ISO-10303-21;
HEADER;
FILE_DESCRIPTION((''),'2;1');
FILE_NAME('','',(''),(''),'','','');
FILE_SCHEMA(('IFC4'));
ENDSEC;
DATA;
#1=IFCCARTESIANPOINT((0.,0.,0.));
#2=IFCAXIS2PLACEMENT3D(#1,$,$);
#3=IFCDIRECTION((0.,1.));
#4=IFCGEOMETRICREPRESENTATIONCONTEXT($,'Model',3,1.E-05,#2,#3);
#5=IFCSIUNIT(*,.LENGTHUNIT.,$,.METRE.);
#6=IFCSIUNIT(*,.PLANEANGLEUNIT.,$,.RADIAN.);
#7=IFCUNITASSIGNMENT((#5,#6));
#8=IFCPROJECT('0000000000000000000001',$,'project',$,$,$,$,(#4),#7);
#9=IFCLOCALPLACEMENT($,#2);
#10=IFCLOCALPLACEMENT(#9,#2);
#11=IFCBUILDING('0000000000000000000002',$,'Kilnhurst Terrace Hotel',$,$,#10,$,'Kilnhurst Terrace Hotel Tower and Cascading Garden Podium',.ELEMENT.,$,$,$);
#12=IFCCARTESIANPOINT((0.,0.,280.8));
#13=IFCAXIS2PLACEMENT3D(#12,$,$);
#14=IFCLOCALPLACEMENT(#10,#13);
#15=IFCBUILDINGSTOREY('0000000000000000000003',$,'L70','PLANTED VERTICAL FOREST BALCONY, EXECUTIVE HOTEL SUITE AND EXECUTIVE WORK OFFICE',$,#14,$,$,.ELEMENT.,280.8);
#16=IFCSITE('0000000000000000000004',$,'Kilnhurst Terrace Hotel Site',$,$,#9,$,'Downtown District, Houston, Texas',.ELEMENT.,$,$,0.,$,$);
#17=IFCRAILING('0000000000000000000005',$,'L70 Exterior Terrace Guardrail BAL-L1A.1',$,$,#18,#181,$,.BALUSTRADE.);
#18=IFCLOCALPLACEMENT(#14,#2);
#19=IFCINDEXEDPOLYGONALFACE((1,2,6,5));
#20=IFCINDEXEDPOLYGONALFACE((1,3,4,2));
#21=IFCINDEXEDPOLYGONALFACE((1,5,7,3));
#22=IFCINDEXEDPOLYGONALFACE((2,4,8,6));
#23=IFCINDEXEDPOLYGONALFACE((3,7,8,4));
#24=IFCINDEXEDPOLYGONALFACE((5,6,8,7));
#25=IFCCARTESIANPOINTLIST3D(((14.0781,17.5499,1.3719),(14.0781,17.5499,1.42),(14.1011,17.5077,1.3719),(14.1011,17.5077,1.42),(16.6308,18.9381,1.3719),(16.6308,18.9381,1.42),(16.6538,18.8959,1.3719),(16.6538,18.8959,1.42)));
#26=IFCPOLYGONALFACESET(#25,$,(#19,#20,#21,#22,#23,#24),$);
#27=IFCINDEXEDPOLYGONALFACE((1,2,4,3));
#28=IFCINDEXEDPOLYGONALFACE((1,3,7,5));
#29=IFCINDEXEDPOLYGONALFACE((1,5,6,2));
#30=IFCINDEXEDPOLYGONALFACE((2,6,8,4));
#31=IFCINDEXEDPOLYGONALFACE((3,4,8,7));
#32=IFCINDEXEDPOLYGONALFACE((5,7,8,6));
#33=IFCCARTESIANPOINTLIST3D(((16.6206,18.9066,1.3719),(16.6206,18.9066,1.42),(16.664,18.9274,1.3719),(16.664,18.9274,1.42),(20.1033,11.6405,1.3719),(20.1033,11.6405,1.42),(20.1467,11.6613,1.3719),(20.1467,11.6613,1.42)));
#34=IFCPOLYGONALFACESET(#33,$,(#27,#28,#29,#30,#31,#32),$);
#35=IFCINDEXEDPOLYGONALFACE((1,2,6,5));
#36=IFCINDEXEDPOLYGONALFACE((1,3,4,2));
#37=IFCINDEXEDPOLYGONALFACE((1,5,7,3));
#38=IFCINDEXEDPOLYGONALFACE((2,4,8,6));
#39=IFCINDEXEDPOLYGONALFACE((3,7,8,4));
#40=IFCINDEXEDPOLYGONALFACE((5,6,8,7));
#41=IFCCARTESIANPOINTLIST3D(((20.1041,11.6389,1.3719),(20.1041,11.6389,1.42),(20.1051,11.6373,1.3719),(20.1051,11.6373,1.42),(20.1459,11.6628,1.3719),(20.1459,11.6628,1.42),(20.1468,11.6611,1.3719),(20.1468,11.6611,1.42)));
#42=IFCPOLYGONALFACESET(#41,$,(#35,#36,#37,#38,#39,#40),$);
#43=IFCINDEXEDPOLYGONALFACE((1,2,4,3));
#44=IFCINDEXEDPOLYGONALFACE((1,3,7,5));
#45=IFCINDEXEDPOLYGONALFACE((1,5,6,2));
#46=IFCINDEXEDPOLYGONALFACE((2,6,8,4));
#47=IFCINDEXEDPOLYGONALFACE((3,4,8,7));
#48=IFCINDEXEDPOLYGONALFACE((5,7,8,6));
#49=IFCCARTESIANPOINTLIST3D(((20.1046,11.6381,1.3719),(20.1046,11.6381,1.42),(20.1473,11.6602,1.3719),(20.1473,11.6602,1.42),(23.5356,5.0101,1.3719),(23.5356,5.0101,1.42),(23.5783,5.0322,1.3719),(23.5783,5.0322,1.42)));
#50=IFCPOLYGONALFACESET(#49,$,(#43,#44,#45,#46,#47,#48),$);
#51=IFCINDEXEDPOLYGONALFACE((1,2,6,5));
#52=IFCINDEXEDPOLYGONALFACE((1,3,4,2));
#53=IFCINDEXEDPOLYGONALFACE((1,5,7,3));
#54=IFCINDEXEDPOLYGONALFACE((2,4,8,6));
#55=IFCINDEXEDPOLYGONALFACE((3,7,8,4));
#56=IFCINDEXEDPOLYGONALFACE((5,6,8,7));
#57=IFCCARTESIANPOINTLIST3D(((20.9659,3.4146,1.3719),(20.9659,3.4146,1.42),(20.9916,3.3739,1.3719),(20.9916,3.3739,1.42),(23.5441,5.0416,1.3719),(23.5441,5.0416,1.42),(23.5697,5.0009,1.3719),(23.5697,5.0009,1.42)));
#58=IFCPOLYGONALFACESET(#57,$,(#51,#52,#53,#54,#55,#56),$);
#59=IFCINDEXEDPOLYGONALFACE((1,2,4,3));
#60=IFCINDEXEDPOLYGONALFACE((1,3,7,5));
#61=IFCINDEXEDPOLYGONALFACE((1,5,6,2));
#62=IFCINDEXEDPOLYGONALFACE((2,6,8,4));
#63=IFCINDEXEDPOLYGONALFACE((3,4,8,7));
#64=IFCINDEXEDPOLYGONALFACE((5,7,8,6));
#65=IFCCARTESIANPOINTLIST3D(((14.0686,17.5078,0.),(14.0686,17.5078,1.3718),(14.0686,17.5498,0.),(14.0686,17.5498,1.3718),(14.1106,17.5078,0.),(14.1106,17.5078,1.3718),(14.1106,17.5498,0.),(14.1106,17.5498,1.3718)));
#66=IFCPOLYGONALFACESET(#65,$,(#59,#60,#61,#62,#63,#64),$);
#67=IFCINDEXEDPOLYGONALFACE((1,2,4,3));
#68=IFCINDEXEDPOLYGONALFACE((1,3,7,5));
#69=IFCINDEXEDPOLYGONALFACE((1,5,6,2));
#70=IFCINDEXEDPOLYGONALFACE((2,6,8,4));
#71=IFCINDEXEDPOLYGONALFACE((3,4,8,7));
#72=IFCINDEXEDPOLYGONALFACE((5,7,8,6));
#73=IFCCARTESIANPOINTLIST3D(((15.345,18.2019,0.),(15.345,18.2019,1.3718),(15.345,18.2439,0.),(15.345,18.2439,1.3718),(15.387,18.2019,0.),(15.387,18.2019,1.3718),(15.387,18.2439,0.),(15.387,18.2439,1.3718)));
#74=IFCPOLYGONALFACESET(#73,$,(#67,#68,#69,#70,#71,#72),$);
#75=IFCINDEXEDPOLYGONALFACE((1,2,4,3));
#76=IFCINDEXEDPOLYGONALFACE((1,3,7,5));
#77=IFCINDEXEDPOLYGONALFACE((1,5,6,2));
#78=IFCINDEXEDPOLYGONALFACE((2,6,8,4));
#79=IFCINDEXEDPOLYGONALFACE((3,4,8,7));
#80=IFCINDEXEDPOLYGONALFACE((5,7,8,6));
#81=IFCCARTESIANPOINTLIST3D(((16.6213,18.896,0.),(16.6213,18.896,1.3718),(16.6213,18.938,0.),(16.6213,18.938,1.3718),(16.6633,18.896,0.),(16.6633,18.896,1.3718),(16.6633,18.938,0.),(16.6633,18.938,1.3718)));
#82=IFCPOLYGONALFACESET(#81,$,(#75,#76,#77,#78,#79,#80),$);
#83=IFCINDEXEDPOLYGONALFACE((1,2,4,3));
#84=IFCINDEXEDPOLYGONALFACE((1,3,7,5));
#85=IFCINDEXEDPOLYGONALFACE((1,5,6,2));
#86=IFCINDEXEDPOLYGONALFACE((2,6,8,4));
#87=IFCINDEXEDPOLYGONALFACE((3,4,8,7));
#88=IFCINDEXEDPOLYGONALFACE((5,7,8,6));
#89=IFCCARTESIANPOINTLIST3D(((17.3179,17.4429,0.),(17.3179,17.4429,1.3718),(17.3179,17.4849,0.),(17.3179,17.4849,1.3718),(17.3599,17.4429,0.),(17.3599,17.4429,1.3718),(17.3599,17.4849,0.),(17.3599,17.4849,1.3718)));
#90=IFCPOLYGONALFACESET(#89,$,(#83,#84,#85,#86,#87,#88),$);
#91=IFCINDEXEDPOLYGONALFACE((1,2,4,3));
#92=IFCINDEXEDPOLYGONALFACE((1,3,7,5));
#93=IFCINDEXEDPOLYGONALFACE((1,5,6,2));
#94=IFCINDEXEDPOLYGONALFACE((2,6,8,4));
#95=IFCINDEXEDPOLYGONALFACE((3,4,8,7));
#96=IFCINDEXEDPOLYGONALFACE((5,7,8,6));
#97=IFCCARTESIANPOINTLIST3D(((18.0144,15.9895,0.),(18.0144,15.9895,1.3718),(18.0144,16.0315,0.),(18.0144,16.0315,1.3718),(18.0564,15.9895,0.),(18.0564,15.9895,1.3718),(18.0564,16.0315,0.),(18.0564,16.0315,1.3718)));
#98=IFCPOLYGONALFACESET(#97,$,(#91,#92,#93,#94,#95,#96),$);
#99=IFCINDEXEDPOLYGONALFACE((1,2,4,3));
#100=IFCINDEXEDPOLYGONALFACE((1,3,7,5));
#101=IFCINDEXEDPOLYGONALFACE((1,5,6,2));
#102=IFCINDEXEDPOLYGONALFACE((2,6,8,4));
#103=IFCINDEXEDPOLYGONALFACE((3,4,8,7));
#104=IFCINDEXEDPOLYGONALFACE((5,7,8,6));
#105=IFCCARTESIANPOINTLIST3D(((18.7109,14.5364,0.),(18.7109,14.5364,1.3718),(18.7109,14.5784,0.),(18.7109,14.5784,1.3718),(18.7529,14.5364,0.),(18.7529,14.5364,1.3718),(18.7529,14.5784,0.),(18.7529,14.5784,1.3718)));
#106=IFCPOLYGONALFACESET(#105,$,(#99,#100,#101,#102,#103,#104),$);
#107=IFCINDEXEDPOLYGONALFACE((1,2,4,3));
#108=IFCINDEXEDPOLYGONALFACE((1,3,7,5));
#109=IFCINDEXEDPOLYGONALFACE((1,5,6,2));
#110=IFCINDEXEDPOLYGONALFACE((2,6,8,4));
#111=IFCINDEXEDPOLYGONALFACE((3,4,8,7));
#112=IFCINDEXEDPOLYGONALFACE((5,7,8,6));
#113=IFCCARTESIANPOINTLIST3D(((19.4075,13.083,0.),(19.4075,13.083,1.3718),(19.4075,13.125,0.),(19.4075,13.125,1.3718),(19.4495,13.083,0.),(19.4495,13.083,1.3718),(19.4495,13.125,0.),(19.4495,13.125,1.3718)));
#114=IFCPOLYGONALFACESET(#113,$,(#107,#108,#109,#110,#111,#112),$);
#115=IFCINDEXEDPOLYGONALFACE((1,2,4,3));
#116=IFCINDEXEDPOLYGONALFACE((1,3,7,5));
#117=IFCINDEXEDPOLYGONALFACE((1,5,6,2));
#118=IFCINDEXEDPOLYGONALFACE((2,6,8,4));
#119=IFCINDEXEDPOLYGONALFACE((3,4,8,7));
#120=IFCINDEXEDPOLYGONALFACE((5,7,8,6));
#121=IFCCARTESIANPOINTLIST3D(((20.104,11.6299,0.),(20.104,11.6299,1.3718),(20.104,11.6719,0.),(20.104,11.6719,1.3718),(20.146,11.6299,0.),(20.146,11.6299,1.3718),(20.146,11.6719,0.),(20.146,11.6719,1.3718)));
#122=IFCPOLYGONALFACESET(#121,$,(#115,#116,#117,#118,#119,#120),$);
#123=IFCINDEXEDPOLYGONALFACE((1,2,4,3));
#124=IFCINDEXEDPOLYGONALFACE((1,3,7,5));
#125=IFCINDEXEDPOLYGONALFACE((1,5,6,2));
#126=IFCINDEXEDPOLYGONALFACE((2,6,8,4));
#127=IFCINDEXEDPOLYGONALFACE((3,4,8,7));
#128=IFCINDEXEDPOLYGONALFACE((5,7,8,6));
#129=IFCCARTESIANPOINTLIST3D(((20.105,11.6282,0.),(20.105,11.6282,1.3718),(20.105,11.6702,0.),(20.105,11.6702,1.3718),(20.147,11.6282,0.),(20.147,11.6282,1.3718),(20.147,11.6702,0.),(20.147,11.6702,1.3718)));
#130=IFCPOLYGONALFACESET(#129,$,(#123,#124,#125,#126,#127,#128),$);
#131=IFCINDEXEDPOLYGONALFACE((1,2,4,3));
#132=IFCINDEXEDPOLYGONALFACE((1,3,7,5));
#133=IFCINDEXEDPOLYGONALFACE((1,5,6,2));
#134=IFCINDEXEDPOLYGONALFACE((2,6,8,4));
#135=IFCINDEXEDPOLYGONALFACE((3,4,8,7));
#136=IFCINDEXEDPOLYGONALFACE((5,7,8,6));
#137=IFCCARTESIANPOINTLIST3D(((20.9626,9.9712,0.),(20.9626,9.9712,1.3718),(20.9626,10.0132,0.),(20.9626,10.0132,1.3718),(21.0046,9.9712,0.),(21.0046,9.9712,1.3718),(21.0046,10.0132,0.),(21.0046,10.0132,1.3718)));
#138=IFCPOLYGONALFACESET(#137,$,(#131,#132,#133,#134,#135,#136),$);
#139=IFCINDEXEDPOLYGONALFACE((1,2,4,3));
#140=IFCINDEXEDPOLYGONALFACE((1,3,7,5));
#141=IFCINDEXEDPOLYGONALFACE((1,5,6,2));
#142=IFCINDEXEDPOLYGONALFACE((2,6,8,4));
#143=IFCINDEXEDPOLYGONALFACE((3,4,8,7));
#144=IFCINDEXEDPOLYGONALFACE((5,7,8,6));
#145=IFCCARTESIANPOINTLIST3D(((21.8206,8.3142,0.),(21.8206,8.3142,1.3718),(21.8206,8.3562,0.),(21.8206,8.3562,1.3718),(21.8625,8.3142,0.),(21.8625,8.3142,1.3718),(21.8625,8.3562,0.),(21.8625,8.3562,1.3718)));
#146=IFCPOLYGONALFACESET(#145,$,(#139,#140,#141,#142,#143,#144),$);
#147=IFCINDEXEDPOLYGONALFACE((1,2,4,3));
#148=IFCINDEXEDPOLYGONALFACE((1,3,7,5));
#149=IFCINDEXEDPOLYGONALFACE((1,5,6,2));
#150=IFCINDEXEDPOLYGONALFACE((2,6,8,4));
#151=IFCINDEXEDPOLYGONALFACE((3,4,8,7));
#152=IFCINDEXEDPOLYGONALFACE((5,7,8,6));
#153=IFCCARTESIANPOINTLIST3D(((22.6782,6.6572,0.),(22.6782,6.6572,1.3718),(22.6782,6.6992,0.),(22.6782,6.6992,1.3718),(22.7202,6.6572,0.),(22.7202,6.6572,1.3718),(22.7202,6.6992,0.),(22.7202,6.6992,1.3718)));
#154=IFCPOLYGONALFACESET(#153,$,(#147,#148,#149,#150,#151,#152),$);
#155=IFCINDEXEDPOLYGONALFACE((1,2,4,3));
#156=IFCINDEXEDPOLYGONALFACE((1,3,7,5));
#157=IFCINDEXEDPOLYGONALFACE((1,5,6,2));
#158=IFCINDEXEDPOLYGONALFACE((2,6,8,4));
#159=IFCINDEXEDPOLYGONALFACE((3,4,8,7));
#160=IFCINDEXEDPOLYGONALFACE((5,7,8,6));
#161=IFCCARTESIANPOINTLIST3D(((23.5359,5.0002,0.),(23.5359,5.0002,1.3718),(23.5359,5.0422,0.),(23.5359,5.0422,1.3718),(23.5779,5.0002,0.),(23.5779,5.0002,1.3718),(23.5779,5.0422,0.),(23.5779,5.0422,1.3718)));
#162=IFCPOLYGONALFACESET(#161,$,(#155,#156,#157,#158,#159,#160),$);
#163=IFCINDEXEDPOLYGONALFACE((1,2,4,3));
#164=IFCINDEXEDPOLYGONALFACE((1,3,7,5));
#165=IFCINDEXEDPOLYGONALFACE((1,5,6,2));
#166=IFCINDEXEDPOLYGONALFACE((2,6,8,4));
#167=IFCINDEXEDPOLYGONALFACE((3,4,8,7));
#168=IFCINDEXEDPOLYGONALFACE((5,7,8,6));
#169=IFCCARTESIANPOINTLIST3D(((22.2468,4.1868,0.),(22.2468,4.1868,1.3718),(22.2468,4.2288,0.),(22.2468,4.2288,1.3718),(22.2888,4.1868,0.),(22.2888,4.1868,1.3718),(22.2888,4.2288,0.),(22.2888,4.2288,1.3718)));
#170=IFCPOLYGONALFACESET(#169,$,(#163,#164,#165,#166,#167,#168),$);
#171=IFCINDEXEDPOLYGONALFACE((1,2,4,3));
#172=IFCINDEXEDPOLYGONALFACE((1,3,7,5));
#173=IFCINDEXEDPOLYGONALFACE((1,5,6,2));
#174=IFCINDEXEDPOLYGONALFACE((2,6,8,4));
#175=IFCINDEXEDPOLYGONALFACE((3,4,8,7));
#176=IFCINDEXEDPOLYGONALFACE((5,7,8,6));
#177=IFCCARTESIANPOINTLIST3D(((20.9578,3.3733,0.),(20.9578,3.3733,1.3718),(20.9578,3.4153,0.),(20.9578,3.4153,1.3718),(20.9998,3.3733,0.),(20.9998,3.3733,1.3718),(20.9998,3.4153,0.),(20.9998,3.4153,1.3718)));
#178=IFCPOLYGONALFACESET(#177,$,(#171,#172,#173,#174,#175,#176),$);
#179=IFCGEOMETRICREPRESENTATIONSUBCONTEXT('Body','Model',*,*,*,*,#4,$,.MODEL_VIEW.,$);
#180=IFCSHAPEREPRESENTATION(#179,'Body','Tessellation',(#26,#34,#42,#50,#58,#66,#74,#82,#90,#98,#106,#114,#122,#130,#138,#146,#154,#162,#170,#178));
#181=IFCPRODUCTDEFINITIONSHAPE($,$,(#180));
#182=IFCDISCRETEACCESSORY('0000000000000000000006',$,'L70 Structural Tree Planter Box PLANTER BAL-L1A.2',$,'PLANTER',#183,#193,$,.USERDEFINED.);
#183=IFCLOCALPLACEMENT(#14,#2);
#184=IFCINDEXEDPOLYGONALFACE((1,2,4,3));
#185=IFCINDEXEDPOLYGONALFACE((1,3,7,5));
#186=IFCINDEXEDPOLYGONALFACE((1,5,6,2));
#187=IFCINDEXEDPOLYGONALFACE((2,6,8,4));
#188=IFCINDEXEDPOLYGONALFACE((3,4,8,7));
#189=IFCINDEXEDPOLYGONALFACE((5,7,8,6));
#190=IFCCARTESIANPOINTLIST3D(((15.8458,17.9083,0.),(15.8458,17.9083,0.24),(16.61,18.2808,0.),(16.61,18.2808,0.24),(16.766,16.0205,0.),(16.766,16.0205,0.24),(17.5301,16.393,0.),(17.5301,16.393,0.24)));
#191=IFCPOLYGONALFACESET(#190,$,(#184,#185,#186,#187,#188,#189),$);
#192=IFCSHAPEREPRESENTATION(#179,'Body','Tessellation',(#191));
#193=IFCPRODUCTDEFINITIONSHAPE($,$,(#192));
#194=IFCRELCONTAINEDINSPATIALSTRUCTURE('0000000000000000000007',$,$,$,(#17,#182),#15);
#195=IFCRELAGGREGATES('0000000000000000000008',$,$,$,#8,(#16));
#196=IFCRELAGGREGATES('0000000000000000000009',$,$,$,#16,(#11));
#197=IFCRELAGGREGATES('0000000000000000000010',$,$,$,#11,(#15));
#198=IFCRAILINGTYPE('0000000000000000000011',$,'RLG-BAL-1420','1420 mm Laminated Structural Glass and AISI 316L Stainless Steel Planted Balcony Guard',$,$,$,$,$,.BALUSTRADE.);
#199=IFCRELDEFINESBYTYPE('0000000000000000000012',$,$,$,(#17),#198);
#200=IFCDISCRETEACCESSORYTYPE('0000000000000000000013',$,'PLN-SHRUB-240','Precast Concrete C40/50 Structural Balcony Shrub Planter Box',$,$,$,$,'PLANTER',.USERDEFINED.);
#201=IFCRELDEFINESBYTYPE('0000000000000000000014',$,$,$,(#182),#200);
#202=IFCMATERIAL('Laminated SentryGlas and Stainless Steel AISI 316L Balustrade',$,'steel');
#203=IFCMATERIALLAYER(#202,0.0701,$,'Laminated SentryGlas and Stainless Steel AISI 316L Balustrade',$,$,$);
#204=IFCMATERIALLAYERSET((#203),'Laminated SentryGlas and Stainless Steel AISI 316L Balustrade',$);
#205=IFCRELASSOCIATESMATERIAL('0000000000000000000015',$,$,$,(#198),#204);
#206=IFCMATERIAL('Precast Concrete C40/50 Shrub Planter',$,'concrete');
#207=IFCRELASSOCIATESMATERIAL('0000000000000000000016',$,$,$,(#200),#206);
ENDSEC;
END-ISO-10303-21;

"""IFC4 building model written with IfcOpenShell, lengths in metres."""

from ifc_helpers import new_model, si_unit, direction, frame, origin, origin_2d, place, context, subcontext, project, spatial, rectangle, extrude, material, layer, layer_set, type_object, element, save


model = new_model("IFC4")

# Units and contexts
model_context = context("Model", 3, precision=1e-05, world=origin(), true_north=direction((0.0, 1.0)))
body_context = subcontext(model_context, "Body", "Model", "MODEL_VIEW")
ifc_project = project(units=[si_unit("LENGTHUNIT", "METRE"), si_unit("PLANEANGLEUNIT", "RADIAN")], contexts=[model_context])

# Site, building, storey
site_placement = place(None, origin())
site = spatial("IfcSite", under=ifc_project, at=site_placement, Name="Kilnhurst Terrace Hotel Site", LongName="Downtown District, Houston, Texas", CompositionType="ELEMENT", RefElevation=0.0)
building_placement = place(site_placement, origin())
building = spatial("IfcBuilding", under=site, at=building_placement, Name="Kilnhurst Terrace Hotel", LongName="Kilnhurst Terrace Hotel Tower and Cascading Garden Podium", CompositionType="ELEMENT")
storey_placement = place(building_placement, frame((0.0, 0.0, 280.8)))
storey = spatial("IfcBuildingStorey", under=building, at=storey_placement, Name="L70", Description="PLANTED VERTICAL FOREST BALCONY, EXECUTIVE HOTEL SUITE AND EXECUTIVE WORK OFFICE", CompositionType="ELEMENT", Elevation=280.8)

# Railing
ifc_material_1 = material(Name="Laminated SentryGlas and Stainless Steel AISI 316L Balustrade", Category="steel")
ifc_layer_1 = layer(ifc_material_1, 0.0701, Name="Laminated SentryGlas and Stainless Steel AISI 316L Balustrade")
ifc_layer_set_1 = layer_set([ifc_layer_1], Name="Laminated SentryGlas and Stainless Steel AISI 316L Balustrade")
railing_type = type_object("IfcRailingType", Name="RLG-BAL-1420", Description="1420 mm Laminated Structural Glass and AISI 316L Stainless Steel Planted Balcony Guard", PredefinedType="BALUSTRADE", material=ifc_layer_set_1)
railing_placement = place(storey_placement, frame((14.0896, 17.5288, 0.0)))
element("IfcRailing", 1, at=railing_placement, inside=storey, type_object=railing_type, Name="L70 Exterior Terrace Guardrail BAL-L1A.1", PredefinedType="BALUSTRADE", context=body_context, shape_type="SweptSolid", body=[
    extrude(rectangle(XDim=0.0481, YDim=0.0481, at=origin_2d()), frame((0.0, 0.0, 1.396), z_axis=(0.878505, 0.477733, 0.0), x_axis=(-0.477733, 0.878505, 0.0)), (0.0, 0.0, 1.0), 2.9058),
    extrude(rectangle(XDim=0.0481, YDim=0.0481, at=origin_2d()), frame((2.5527, 1.3882, 1.396), z_axis=(0.43222, -0.901768, 0.0), x_axis=(0.901768, 0.43222, 0.0)), (0.0, 0.0, 1.0), 8.0576),
    extrude(rectangle(XDim=0.0481, YDim=0.0481, at=origin_2d()), frame((6.0354, -5.8779, 1.396), z_axis=(0.496139, -0.868243, 0.0), x_axis=(0.868243, 0.496139, 0.0)), (0.0, 0.0, 1.0), 0.002),
    extrude(rectangle(XDim=0.0481, YDim=0.0481, at=origin_2d()), frame((6.0364, -5.8796, 1.396), z_axis=(0.459705, -0.888072, 0.0), x_axis=(0.888072, 0.459705, 0.0)), (0.0, 0.0, 1.0), 7.4634),
    extrude(rectangle(XDim=0.0481, YDim=0.0481, at=origin_2d()), frame((9.4673, -12.5076, 1.396), z_axis=(-0.845687, -0.53368, 0.0), x_axis=(0.53368, -0.845687, 0.0)), (0.0, 0.0, 1.0), 3.0486),
    extrude(rectangle(XDim=0.042, YDim=0.042, at=origin_2d()), origin(), (0.0, 0.0, 1.0), 1.3718),
    extrude(rectangle(XDim=0.042, YDim=0.042, at=origin_2d()), frame((1.2764, 0.6941, 0.0)), (0.0, 0.0, 1.0), 1.3718),
    extrude(rectangle(XDim=0.042, YDim=0.042, at=origin_2d()), frame((2.5527, 1.3882, 0.0)), (0.0, 0.0, 1.0), 1.3718),
    extrude(rectangle(XDim=0.042, YDim=0.042, at=origin_2d()), frame((3.2493, -0.0649, 0.0)), (0.0, 0.0, 1.0), 1.3718),
    extrude(rectangle(XDim=0.042, YDim=0.042, at=origin_2d()), frame((3.9458, -1.5183, 0.0)), (0.0, 0.0, 1.0), 1.3718),
    extrude(rectangle(XDim=0.042, YDim=0.042, at=origin_2d()), frame((4.6423, -2.9714, 0.0)), (0.0, 0.0, 1.0), 1.3718),
    extrude(rectangle(XDim=0.042, YDim=0.042, at=origin_2d()), frame((5.3389, -4.4248, 0.0)), (0.0, 0.0, 1.0), 1.3718),
    extrude(rectangle(XDim=0.042, YDim=0.042, at=origin_2d()), frame((6.0354, -5.8779, 0.0)), (0.0, 0.0, 1.0), 1.3718),
    extrude(rectangle(XDim=0.042, YDim=0.042, at=origin_2d()), frame((6.0364, -5.8796, 0.0)), (0.0, 0.0, 1.0), 1.3718),
    extrude(rectangle(XDim=0.042, YDim=0.042, at=origin_2d()), frame((6.894, -7.5366, 0.0)), (0.0, 0.0, 1.0), 1.3718),
    extrude(rectangle(XDim=0.042, YDim=0.042, at=origin_2d()), frame((7.752, -9.1936, 0.0)), (0.0, 0.0, 1.0), 1.3718),
    extrude(rectangle(XDim=0.042, YDim=0.042, at=origin_2d()), frame((8.6096, -10.8506, 0.0)), (0.0, 0.0, 1.0), 1.3718),
    extrude(rectangle(XDim=0.042, YDim=0.042, at=origin_2d()), frame((9.4673, -12.5076, 0.0)), (0.0, 0.0, 1.0), 1.3718),
    extrude(rectangle(XDim=0.042, YDim=0.042, at=origin_2d()), frame((8.1782, -13.321, 0.0)), (0.0, 0.0, 1.0), 1.3718),
    extrude(rectangle(XDim=0.042, YDim=0.042, at=origin_2d()), frame((6.8892, -14.1345, 0.0)), (0.0, 0.0, 1.0), 1.3718),
])

# Discrete accessory
ifc_material_2 = material(Name="Precast Concrete C40/50 Shrub Planter", Category="concrete")
discrete_accessory_type = type_object("IfcDiscreteAccessoryType", Name="PLN-SHRUB-240", Description="Precast Concrete C40/50 Structural Balcony Shrub Planter Box", ElementType="PLANTER", PredefinedType="USERDEFINED", material=ifc_material_2)
discrete_accessory_placement = place(storey_placement, frame((16.688, 17.1506, 0.0), z_axis=(0.0, 0.0, 1.0), x_axis=(-0.438136, 0.898909, 0.0)))
element("IfcDiscreteAccessory", 2, at=discrete_accessory_placement, inside=storey, type_object=discrete_accessory_type, Name="L70 Structural Tree Planter Box PLANTER BAL-L1A.2", ObjectType="PLANTER", PredefinedType="USERDEFINED", context=body_context, shape_type="SweptSolid", body=[
    extrude(rectangle(XDim=2.1001, YDim=0.8501, at=origin_2d()), origin(), (0.0, 0.0, 1.0), 0.24),
])

save(model, "model.ifc")
